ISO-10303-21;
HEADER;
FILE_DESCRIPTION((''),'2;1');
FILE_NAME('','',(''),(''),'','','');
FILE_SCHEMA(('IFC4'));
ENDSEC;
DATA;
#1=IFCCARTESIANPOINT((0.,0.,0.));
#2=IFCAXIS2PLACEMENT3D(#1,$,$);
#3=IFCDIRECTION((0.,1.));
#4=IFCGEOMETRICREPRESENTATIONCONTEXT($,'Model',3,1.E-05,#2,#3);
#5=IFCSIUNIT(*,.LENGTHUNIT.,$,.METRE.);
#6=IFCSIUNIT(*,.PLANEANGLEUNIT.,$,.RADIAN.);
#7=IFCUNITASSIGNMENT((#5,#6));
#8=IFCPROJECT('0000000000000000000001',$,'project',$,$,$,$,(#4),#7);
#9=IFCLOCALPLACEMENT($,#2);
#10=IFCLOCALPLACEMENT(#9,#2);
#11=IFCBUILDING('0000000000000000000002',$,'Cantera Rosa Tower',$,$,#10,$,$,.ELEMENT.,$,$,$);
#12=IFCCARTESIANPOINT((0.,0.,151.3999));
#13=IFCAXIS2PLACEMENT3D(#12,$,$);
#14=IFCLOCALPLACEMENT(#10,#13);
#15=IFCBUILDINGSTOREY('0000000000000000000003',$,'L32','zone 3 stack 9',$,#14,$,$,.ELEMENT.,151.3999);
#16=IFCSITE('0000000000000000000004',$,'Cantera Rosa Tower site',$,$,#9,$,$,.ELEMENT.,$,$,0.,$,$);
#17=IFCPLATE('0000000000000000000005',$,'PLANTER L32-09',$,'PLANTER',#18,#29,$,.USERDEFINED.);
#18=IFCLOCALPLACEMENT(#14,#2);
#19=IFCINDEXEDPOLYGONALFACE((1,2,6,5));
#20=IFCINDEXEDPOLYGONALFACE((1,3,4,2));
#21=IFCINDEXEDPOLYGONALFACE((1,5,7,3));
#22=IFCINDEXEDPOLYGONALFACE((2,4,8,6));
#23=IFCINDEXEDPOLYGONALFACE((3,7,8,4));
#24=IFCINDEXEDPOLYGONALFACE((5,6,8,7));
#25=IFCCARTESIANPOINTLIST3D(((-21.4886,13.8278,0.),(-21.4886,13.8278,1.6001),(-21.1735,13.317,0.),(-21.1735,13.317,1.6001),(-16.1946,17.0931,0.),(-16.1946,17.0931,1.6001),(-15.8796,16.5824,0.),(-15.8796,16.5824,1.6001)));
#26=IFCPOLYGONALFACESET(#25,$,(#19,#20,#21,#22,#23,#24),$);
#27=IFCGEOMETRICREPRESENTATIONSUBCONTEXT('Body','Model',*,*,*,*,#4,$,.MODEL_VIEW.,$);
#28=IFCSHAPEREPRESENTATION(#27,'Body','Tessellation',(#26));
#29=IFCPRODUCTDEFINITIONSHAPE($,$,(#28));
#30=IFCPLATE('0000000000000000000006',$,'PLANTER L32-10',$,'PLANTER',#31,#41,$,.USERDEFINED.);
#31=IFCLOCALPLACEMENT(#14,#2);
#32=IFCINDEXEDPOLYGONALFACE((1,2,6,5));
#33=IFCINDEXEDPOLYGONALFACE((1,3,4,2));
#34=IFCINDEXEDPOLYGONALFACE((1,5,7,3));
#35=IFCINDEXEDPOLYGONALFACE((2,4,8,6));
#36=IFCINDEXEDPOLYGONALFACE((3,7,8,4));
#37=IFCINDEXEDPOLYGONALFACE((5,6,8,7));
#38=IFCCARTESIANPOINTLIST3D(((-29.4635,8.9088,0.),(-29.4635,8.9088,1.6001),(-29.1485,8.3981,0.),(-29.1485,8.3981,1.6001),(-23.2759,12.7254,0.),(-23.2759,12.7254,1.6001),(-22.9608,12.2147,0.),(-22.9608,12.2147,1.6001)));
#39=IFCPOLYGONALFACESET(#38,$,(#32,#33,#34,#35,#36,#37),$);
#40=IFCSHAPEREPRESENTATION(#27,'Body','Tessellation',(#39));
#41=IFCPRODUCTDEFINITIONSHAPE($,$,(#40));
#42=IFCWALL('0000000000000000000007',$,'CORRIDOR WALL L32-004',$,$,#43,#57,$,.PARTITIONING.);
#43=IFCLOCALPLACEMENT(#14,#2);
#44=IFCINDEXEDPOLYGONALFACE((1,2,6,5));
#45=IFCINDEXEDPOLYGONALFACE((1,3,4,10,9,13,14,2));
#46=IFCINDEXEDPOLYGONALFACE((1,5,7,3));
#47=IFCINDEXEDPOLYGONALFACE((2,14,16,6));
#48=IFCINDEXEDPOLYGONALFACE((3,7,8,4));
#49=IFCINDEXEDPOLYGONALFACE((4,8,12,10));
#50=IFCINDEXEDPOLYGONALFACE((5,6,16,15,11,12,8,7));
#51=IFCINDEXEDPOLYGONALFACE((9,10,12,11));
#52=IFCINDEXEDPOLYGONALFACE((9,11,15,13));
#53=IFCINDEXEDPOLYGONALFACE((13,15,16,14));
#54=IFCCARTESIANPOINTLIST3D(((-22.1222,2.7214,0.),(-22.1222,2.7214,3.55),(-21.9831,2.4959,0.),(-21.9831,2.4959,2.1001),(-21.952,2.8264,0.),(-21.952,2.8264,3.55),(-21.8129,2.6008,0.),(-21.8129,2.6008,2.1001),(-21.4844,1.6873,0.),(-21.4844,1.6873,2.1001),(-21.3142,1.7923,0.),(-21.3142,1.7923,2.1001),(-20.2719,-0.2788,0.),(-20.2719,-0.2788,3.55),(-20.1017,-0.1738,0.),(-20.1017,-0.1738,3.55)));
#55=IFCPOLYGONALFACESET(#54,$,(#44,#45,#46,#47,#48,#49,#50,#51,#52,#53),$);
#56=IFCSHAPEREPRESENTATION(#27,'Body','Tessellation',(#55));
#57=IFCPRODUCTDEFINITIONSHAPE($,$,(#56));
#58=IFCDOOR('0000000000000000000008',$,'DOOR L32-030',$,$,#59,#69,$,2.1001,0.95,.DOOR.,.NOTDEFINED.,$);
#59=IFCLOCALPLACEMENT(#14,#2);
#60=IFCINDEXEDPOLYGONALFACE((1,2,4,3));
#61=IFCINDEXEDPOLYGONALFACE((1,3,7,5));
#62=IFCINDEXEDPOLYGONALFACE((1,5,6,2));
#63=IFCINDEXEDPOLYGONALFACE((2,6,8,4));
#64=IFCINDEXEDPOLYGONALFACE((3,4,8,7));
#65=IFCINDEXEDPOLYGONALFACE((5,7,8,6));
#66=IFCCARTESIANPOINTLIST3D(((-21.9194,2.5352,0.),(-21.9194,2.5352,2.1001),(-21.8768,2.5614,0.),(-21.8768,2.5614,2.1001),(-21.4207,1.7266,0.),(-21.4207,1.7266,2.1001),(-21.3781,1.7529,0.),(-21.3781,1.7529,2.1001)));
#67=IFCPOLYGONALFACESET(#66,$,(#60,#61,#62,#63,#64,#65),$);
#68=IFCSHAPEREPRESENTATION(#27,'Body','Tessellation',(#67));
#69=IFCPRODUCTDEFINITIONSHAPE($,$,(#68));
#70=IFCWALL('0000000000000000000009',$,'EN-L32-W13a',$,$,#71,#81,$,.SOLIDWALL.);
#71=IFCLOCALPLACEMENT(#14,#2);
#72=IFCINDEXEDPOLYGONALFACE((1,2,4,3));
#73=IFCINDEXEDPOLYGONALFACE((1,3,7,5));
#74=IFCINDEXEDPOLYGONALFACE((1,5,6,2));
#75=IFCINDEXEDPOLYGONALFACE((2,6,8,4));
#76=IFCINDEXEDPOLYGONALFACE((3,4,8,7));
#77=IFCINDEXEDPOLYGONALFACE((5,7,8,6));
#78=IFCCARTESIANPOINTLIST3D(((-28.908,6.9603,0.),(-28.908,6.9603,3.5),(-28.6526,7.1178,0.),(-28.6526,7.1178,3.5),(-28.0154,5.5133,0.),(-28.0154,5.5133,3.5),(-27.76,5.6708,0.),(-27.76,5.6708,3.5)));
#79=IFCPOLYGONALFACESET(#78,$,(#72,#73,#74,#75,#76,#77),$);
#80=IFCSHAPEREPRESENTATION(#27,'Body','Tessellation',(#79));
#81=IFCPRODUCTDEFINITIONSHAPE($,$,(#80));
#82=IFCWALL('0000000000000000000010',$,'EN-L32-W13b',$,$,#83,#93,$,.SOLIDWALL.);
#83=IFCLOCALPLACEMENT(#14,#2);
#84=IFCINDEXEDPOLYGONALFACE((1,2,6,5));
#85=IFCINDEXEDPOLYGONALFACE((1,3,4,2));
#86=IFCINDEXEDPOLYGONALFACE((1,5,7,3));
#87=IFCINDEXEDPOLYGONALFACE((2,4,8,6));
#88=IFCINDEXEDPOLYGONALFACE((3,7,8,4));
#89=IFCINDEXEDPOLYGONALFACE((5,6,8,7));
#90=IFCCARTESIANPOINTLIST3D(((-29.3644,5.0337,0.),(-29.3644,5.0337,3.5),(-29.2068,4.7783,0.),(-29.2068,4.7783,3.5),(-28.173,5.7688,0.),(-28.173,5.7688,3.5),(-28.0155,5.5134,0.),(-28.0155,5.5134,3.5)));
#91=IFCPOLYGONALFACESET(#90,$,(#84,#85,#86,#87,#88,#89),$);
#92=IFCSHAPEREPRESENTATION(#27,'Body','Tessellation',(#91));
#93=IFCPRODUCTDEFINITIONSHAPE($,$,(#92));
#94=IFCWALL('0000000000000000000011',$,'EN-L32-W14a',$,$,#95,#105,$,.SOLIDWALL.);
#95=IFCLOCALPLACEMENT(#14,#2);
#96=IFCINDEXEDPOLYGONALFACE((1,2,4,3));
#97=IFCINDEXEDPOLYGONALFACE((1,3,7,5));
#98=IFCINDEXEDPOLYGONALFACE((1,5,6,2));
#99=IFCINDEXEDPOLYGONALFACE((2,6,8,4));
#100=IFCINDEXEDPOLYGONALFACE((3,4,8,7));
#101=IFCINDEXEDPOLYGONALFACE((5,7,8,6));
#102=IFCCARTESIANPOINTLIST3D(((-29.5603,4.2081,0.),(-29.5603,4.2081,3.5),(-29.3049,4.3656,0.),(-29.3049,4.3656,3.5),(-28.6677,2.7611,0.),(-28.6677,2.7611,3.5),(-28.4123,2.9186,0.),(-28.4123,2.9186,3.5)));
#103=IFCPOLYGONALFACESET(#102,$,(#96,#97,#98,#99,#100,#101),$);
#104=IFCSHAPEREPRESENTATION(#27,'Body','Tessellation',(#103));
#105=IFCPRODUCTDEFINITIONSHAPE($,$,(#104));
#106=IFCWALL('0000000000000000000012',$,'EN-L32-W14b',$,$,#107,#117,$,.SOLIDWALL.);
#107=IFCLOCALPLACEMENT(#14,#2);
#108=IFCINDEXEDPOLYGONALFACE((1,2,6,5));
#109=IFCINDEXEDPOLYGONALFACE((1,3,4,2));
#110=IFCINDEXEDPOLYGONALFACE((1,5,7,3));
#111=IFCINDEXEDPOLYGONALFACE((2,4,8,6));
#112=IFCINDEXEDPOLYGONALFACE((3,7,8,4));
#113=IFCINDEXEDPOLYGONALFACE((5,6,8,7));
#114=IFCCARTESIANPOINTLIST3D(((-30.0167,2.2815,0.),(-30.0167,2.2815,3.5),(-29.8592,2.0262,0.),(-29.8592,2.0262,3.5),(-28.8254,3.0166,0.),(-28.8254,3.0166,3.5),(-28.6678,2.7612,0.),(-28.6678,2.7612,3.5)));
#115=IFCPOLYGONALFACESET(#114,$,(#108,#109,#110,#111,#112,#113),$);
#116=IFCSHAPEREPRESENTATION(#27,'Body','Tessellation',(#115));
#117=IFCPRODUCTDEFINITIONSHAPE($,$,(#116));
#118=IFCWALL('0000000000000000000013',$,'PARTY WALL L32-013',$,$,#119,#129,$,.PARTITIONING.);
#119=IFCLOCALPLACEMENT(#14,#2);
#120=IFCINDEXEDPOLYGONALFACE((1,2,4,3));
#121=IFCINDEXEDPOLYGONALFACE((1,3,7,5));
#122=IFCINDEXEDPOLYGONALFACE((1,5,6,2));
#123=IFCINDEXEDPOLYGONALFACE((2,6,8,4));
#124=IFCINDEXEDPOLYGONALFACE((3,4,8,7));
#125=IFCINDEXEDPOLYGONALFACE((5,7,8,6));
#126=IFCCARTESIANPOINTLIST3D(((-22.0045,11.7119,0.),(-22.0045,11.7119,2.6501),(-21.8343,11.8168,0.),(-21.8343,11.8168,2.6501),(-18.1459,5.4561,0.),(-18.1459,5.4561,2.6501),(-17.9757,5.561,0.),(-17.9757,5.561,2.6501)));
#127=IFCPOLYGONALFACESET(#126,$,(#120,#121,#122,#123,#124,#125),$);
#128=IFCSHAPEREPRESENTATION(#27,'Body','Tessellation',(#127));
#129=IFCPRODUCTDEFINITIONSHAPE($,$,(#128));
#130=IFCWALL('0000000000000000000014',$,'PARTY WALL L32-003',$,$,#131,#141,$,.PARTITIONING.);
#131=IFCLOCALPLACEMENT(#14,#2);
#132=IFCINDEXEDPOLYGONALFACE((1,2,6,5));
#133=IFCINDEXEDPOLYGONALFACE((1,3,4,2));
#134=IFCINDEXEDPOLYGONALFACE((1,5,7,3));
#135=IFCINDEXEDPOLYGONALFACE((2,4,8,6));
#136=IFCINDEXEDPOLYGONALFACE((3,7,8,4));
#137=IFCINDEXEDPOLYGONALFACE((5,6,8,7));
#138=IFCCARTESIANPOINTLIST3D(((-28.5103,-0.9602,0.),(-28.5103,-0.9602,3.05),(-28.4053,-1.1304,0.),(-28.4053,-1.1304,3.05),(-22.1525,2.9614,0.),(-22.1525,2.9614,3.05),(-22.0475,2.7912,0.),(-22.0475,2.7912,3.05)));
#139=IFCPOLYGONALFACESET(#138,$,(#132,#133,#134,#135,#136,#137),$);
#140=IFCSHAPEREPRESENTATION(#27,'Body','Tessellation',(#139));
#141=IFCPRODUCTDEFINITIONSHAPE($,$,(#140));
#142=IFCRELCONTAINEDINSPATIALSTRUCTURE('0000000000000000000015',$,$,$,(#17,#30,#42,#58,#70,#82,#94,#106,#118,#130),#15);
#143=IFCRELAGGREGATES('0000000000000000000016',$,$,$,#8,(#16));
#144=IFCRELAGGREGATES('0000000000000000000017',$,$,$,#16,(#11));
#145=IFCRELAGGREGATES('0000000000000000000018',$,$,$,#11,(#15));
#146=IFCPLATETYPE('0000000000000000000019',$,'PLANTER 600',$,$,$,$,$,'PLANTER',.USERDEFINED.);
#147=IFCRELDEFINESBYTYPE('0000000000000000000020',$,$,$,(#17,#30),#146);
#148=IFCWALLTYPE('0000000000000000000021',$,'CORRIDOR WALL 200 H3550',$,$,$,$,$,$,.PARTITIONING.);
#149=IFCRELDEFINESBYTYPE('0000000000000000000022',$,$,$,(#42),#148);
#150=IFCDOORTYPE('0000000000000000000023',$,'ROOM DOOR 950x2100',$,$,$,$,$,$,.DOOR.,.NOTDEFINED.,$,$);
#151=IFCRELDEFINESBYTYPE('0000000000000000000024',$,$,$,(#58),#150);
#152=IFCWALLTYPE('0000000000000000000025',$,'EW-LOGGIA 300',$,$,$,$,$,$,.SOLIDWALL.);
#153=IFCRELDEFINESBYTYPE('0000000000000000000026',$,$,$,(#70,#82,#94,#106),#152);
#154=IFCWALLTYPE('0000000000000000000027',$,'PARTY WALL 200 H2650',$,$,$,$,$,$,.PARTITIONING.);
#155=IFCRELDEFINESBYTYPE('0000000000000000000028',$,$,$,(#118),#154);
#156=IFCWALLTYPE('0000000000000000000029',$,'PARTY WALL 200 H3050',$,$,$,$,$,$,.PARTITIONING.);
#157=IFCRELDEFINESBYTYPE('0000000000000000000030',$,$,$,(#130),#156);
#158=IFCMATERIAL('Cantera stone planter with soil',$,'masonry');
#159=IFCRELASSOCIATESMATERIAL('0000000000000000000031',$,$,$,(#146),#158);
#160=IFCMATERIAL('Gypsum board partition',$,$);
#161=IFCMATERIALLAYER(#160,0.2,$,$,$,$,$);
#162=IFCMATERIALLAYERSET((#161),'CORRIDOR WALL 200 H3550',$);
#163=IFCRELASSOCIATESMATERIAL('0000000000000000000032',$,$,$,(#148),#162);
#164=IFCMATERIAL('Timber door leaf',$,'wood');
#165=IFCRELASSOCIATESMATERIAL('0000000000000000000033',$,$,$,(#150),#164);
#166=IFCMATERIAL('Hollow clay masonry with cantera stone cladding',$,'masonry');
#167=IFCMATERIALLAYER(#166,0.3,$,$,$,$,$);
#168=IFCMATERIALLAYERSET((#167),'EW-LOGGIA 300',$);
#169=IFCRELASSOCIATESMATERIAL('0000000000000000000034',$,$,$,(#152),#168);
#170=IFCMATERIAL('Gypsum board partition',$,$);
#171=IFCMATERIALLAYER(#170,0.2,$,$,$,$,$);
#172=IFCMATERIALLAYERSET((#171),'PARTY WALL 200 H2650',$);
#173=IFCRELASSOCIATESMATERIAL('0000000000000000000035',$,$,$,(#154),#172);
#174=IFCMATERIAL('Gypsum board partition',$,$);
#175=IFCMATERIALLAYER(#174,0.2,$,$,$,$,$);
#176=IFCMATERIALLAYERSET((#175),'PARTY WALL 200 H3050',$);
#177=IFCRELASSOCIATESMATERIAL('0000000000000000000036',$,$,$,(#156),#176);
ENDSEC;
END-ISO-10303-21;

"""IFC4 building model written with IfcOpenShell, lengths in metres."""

from ifc_helpers import new_model, si_unit, direction, frame, frame_2d, origin, origin_2d, place, context, subcontext, project, spatial, rectangle, extrude, material, layer, layer_set, type_object, element, fill, save


model = new_model("IFC4")

# Units and contexts
model_context = context("Model", 3, precision=1e-05, world=origin(), true_north=direction((0.0, 1.0)))
body_context = subcontext(model_context, "Body", "Model", "MODEL_VIEW")
ifc_project = project(units=[si_unit("LENGTHUNIT", "METRE"), si_unit("PLANEANGLEUNIT", "RADIAN")], contexts=[model_context])

# Site, building, storey
site_placement = place(None, origin())
site = spatial("IfcSite", under=ifc_project, at=site_placement, Name="Cantera Rosa Tower site", CompositionType="ELEMENT", RefElevation=0.0)
building_placement = place(site_placement, origin())
building = spatial("IfcBuilding", under=site, at=building_placement, Name="Cantera Rosa Tower", CompositionType="ELEMENT")
storey_placement = place(building_placement, frame((0.0, 0.0, 151.3999)))
storey = spatial("IfcBuildingStorey", under=building, at=storey_placement, Name="L32", Description="zone 3 stack 9", CompositionType="ELEMENT", Elevation=151.3999)

# Plates
ifc_material_1 = material(Name="Cantera stone planter with soil", Category="masonry")
plate_type = type_object("IfcPlateType", Name="PLANTER 600", ElementType="PLANTER", PredefinedType="USERDEFINED", material=ifc_material_1)
plate_1_placement = place(storey_placement, frame((-18.6841, 15.2051, 0.0), z_axis=(0.0, 0.0, 1.0), x_axis=(-0.851117, -0.524977, 0.0)))
element("IfcPlate", 1, at=plate_1_placement, inside=storey, type_object=plate_type, Name="PLANTER L32-09", ObjectType="PLANTER", PredefinedType="USERDEFINED", context=body_context, shape_type="SweptSolid", body=[
    extrude(rectangle(XDim=6.22, YDim=0.6001, at=origin_2d()), origin(), (0.0, 0.0, 1.0), 1.6001),
])
plate_2_placement = place(storey_placement, frame((-26.2122, 10.5618, 0.0), z_axis=(0.0, 0.0, 1.0), x_axis=(-0.851117, -0.524977, 0.0)))
element("IfcPlate", 2, at=plate_2_placement, inside=storey, type_object=plate_type, Name="PLANTER L32-10", ObjectType="PLANTER", PredefinedType="USERDEFINED", context=body_context, shape_type="SweptSolid", body=[
    extrude(rectangle(XDim=7.27, YDim=0.6001, at=origin_2d()), origin(), (0.0, 0.0, 1.0), 1.6001),
])

# Wall, opening, door
ifc_material_2 = material(Name="Gypsum board partition")
ifc_layer_1 = layer(ifc_material_2, 0.2)
ifc_layer_set_1 = layer_set([ifc_layer_1], Name="CORRIDOR WALL 200 H3550")
wall_type_1 = type_object("IfcWallType", Name="CORRIDOR WALL 200 H3550", PredefinedType="PARTITIONING", material=ifc_layer_set_1)
wall_1_placement = place(storey_placement, frame((-22.0371, 2.7739, 0.0), z_axis=(0.0, 0.0, 1.0), x_axis=(0.524928, -0.851147, 0.0)))
wall_1 = element("IfcWall", 3, at=wall_1_placement, inside=storey, type_object=wall_type_1, Name="CORRIDOR WALL L32-004", PredefinedType="PARTITIONING", context=body_context, shape_type="SweptSolid", body=[
    extrude(rectangle(XDim=3.5249, YDim=0.2, at=frame_2d((1.7625, 0.0))), origin(), (0.0, 0.0, 1.0), 3.55),
])
opening_1_placement = place(wall_1_placement, frame((0.2649, 0.0, 0.0)))
opening_1 = element("IfcOpeningElement", 4, at=opening_1_placement, cuts=wall_1, PredefinedType="OPENING", context=body_context, shape_type="SweptSolid", body=[
    extrude(rectangle(XDim=0.95, YDim=2.1001, at=frame_2d((0.4751, 1.05))), frame((0.0, 0.1099, 0.0), z_axis=(0.0, -1.0, 0.0), x_axis=(1.0, 0.0, 0.0)), (0.0, 0.0, 1.0), 0.22),
])
ifc_material_3 = material(Name="Timber door leaf", Category="wood")
door_type_1 = type_object("IfcDoorType", Name="ROOM DOOR 950x2100", OperationType="NOTDEFINED", PredefinedType="DOOR", material=ifc_material_3)
door_1_placement = place(opening_1_placement, origin())
door_1 = element("IfcDoor", 5, at=door_1_placement, inside=storey, type_object=door_type_1, Name="DOOR L32-030", OperationType="NOTDEFINED", OverallHeight=2.1001, OverallWidth=0.95, PredefinedType="DOOR", context=body_context, shape_type="SweptSolid", body=[
    extrude(rectangle(XDim=0.95, YDim=2.1001, at=frame_2d((0.4751, 1.05))), frame((0.0, 0.0249, 0.0), z_axis=(0.0, -1.0, 0.0), x_axis=(1.0, 0.0, 0.0)), (0.0, 0.0, 1.0), 0.05),
])
fill(opening_1, door_1)

# Walls
ifc_material_4 = material(Name="Hollow clay masonry with cantera stone cladding", Category="masonry")
ifc_layer_2 = layer(ifc_material_4, 0.3)
ifc_layer_set_2 = layer_set([ifc_layer_2], Name="EW-LOGGIA 300")
wall_type_2 = type_object("IfcWallType", Name="EW-LOGGIA 300", PredefinedType="SOLIDWALL", material=ifc_layer_set_2)
wall_2_placement = place(storey_placement, frame((-28.7803, 7.0391, 0.0), z_axis=(0.0, 0.0, 1.0), x_axis=(0.524994, -0.851106, 0.0)))
element("IfcWall", 6, at=wall_2_placement, inside=storey, type_object=wall_type_2, Name="EN-L32-W13a", PredefinedType="SOLIDWALL", context=body_context, shape_type="SweptSolid", body=[
    extrude(rectangle(XDim=1.7002, YDim=0.3, at=frame_2d((0.8501, 0.0))), origin(), (0.0, 0.0, 1.0), 3.5),
])
wall_3_placement = place(storey_placement, frame((-28.0942, 5.6411, 0.0), z_axis=(0.0, 0.0, 1.0), x_axis=(-0.851041, -0.525099, 0.0)))
element("IfcWall", 7, at=wall_3_placement, inside=storey, type_object=wall_type_2, Name="EN-L32-W13b", PredefinedType="SOLIDWALL", context=body_context, shape_type="SweptSolid", body=[
    extrude(rectangle(XDim=1.3999, YDim=0.3, at=frame_2d((0.7, 0.0))), origin(), (0.0, 0.0, 1.0), 3.5),
])
wall_4_placement = place(storey_placement, frame((-29.4326, 4.2869, 0.0), z_axis=(0.0, 0.0, 1.0), x_axis=(0.524994, -0.851106, 0.0)))
element("IfcWall", 8, at=wall_4_placement, inside=storey, type_object=wall_type_2, Name="EN-L32-W14a", PredefinedType="SOLIDWALL", context=body_context, shape_type="SweptSolid", body=[
    extrude(rectangle(XDim=1.7002, YDim=0.3, at=frame_2d((0.8501, 0.0))), origin(), (0.0, 0.0, 1.0), 3.5),
])
wall_5_placement = place(storey_placement, frame((-28.7466, 2.8889, 0.0), z_axis=(0.0, 0.0, 1.0), x_axis=(-0.851041, -0.525099, 0.0)))
element("IfcWall", 9, at=wall_5_placement, inside=storey, type_object=wall_type_2, Name="EN-L32-W14b", PredefinedType="SOLIDWALL", context=body_context, shape_type="SweptSolid", body=[
    extrude(rectangle(XDim=1.3999, YDim=0.3, at=frame_2d((0.7, 0.0))), origin(), (0.0, 0.0, 1.0), 3.5),
])

# Walls
ifc_material_5 = material(Name="Gypsum board partition")
ifc_layer_3 = layer(ifc_material_5, 0.2)
ifc_layer_set_3 = layer_set([ifc_layer_3], Name="PARTY WALL 200 H2650")
wall_type_3 = type_object("IfcWallType", Name="PARTY WALL 200 H2650", PredefinedType="PARTITIONING", material=ifc_layer_set_3)
wall_6_placement = place(storey_placement, frame((-18.0608, 5.5085, 0.0), z_axis=(0.0, 0.0, 1.0), x_axis=(-0.524974, 0.851118, 0.0)))
element("IfcWall", 10, at=wall_6_placement, inside=storey, type_object=wall_type_3, Name="PARTY WALL L32-013", PredefinedType="PARTITIONING", context=body_context, shape_type="SweptSolid", body=[
    extrude(rectangle(XDim=7.3501, YDim=0.2, at=frame_2d((3.675, 0.0))), origin(), (0.0, 0.0, 1.0), 2.6501),
])
ifc_material_6 = material(Name="Gypsum board partition")
ifc_layer_4 = layer(ifc_material_6, 0.2)
ifc_layer_set_4 = layer_set([ifc_layer_4], Name="PARTY WALL 200 H3050")
wall_type_4 = type_object("IfcWallType", Name="PARTY WALL 200 H3050", PredefinedType="PARTITIONING", material=ifc_layer_set_4)
wall_7_placement = place(storey_placement, frame((-22.1001, 2.8762, 0.0), z_axis=(0.0, 0.0, 1.0), x_axis=(-0.851116, -0.524978, 0.0)))
element("IfcWall", 11, at=wall_7_placement, inside=storey, type_object=wall_type_4, Name="PARTY WALL L32-003", PredefinedType="PARTITIONING", context=body_context, shape_type="SweptSolid", body=[
    extrude(rectangle(XDim=7.47, YDim=0.2, at=frame_2d((3.7349, 0.0))), origin(), (0.0, 0.0, 1.0), 3.05),
])

save(model, "model.ifc")
